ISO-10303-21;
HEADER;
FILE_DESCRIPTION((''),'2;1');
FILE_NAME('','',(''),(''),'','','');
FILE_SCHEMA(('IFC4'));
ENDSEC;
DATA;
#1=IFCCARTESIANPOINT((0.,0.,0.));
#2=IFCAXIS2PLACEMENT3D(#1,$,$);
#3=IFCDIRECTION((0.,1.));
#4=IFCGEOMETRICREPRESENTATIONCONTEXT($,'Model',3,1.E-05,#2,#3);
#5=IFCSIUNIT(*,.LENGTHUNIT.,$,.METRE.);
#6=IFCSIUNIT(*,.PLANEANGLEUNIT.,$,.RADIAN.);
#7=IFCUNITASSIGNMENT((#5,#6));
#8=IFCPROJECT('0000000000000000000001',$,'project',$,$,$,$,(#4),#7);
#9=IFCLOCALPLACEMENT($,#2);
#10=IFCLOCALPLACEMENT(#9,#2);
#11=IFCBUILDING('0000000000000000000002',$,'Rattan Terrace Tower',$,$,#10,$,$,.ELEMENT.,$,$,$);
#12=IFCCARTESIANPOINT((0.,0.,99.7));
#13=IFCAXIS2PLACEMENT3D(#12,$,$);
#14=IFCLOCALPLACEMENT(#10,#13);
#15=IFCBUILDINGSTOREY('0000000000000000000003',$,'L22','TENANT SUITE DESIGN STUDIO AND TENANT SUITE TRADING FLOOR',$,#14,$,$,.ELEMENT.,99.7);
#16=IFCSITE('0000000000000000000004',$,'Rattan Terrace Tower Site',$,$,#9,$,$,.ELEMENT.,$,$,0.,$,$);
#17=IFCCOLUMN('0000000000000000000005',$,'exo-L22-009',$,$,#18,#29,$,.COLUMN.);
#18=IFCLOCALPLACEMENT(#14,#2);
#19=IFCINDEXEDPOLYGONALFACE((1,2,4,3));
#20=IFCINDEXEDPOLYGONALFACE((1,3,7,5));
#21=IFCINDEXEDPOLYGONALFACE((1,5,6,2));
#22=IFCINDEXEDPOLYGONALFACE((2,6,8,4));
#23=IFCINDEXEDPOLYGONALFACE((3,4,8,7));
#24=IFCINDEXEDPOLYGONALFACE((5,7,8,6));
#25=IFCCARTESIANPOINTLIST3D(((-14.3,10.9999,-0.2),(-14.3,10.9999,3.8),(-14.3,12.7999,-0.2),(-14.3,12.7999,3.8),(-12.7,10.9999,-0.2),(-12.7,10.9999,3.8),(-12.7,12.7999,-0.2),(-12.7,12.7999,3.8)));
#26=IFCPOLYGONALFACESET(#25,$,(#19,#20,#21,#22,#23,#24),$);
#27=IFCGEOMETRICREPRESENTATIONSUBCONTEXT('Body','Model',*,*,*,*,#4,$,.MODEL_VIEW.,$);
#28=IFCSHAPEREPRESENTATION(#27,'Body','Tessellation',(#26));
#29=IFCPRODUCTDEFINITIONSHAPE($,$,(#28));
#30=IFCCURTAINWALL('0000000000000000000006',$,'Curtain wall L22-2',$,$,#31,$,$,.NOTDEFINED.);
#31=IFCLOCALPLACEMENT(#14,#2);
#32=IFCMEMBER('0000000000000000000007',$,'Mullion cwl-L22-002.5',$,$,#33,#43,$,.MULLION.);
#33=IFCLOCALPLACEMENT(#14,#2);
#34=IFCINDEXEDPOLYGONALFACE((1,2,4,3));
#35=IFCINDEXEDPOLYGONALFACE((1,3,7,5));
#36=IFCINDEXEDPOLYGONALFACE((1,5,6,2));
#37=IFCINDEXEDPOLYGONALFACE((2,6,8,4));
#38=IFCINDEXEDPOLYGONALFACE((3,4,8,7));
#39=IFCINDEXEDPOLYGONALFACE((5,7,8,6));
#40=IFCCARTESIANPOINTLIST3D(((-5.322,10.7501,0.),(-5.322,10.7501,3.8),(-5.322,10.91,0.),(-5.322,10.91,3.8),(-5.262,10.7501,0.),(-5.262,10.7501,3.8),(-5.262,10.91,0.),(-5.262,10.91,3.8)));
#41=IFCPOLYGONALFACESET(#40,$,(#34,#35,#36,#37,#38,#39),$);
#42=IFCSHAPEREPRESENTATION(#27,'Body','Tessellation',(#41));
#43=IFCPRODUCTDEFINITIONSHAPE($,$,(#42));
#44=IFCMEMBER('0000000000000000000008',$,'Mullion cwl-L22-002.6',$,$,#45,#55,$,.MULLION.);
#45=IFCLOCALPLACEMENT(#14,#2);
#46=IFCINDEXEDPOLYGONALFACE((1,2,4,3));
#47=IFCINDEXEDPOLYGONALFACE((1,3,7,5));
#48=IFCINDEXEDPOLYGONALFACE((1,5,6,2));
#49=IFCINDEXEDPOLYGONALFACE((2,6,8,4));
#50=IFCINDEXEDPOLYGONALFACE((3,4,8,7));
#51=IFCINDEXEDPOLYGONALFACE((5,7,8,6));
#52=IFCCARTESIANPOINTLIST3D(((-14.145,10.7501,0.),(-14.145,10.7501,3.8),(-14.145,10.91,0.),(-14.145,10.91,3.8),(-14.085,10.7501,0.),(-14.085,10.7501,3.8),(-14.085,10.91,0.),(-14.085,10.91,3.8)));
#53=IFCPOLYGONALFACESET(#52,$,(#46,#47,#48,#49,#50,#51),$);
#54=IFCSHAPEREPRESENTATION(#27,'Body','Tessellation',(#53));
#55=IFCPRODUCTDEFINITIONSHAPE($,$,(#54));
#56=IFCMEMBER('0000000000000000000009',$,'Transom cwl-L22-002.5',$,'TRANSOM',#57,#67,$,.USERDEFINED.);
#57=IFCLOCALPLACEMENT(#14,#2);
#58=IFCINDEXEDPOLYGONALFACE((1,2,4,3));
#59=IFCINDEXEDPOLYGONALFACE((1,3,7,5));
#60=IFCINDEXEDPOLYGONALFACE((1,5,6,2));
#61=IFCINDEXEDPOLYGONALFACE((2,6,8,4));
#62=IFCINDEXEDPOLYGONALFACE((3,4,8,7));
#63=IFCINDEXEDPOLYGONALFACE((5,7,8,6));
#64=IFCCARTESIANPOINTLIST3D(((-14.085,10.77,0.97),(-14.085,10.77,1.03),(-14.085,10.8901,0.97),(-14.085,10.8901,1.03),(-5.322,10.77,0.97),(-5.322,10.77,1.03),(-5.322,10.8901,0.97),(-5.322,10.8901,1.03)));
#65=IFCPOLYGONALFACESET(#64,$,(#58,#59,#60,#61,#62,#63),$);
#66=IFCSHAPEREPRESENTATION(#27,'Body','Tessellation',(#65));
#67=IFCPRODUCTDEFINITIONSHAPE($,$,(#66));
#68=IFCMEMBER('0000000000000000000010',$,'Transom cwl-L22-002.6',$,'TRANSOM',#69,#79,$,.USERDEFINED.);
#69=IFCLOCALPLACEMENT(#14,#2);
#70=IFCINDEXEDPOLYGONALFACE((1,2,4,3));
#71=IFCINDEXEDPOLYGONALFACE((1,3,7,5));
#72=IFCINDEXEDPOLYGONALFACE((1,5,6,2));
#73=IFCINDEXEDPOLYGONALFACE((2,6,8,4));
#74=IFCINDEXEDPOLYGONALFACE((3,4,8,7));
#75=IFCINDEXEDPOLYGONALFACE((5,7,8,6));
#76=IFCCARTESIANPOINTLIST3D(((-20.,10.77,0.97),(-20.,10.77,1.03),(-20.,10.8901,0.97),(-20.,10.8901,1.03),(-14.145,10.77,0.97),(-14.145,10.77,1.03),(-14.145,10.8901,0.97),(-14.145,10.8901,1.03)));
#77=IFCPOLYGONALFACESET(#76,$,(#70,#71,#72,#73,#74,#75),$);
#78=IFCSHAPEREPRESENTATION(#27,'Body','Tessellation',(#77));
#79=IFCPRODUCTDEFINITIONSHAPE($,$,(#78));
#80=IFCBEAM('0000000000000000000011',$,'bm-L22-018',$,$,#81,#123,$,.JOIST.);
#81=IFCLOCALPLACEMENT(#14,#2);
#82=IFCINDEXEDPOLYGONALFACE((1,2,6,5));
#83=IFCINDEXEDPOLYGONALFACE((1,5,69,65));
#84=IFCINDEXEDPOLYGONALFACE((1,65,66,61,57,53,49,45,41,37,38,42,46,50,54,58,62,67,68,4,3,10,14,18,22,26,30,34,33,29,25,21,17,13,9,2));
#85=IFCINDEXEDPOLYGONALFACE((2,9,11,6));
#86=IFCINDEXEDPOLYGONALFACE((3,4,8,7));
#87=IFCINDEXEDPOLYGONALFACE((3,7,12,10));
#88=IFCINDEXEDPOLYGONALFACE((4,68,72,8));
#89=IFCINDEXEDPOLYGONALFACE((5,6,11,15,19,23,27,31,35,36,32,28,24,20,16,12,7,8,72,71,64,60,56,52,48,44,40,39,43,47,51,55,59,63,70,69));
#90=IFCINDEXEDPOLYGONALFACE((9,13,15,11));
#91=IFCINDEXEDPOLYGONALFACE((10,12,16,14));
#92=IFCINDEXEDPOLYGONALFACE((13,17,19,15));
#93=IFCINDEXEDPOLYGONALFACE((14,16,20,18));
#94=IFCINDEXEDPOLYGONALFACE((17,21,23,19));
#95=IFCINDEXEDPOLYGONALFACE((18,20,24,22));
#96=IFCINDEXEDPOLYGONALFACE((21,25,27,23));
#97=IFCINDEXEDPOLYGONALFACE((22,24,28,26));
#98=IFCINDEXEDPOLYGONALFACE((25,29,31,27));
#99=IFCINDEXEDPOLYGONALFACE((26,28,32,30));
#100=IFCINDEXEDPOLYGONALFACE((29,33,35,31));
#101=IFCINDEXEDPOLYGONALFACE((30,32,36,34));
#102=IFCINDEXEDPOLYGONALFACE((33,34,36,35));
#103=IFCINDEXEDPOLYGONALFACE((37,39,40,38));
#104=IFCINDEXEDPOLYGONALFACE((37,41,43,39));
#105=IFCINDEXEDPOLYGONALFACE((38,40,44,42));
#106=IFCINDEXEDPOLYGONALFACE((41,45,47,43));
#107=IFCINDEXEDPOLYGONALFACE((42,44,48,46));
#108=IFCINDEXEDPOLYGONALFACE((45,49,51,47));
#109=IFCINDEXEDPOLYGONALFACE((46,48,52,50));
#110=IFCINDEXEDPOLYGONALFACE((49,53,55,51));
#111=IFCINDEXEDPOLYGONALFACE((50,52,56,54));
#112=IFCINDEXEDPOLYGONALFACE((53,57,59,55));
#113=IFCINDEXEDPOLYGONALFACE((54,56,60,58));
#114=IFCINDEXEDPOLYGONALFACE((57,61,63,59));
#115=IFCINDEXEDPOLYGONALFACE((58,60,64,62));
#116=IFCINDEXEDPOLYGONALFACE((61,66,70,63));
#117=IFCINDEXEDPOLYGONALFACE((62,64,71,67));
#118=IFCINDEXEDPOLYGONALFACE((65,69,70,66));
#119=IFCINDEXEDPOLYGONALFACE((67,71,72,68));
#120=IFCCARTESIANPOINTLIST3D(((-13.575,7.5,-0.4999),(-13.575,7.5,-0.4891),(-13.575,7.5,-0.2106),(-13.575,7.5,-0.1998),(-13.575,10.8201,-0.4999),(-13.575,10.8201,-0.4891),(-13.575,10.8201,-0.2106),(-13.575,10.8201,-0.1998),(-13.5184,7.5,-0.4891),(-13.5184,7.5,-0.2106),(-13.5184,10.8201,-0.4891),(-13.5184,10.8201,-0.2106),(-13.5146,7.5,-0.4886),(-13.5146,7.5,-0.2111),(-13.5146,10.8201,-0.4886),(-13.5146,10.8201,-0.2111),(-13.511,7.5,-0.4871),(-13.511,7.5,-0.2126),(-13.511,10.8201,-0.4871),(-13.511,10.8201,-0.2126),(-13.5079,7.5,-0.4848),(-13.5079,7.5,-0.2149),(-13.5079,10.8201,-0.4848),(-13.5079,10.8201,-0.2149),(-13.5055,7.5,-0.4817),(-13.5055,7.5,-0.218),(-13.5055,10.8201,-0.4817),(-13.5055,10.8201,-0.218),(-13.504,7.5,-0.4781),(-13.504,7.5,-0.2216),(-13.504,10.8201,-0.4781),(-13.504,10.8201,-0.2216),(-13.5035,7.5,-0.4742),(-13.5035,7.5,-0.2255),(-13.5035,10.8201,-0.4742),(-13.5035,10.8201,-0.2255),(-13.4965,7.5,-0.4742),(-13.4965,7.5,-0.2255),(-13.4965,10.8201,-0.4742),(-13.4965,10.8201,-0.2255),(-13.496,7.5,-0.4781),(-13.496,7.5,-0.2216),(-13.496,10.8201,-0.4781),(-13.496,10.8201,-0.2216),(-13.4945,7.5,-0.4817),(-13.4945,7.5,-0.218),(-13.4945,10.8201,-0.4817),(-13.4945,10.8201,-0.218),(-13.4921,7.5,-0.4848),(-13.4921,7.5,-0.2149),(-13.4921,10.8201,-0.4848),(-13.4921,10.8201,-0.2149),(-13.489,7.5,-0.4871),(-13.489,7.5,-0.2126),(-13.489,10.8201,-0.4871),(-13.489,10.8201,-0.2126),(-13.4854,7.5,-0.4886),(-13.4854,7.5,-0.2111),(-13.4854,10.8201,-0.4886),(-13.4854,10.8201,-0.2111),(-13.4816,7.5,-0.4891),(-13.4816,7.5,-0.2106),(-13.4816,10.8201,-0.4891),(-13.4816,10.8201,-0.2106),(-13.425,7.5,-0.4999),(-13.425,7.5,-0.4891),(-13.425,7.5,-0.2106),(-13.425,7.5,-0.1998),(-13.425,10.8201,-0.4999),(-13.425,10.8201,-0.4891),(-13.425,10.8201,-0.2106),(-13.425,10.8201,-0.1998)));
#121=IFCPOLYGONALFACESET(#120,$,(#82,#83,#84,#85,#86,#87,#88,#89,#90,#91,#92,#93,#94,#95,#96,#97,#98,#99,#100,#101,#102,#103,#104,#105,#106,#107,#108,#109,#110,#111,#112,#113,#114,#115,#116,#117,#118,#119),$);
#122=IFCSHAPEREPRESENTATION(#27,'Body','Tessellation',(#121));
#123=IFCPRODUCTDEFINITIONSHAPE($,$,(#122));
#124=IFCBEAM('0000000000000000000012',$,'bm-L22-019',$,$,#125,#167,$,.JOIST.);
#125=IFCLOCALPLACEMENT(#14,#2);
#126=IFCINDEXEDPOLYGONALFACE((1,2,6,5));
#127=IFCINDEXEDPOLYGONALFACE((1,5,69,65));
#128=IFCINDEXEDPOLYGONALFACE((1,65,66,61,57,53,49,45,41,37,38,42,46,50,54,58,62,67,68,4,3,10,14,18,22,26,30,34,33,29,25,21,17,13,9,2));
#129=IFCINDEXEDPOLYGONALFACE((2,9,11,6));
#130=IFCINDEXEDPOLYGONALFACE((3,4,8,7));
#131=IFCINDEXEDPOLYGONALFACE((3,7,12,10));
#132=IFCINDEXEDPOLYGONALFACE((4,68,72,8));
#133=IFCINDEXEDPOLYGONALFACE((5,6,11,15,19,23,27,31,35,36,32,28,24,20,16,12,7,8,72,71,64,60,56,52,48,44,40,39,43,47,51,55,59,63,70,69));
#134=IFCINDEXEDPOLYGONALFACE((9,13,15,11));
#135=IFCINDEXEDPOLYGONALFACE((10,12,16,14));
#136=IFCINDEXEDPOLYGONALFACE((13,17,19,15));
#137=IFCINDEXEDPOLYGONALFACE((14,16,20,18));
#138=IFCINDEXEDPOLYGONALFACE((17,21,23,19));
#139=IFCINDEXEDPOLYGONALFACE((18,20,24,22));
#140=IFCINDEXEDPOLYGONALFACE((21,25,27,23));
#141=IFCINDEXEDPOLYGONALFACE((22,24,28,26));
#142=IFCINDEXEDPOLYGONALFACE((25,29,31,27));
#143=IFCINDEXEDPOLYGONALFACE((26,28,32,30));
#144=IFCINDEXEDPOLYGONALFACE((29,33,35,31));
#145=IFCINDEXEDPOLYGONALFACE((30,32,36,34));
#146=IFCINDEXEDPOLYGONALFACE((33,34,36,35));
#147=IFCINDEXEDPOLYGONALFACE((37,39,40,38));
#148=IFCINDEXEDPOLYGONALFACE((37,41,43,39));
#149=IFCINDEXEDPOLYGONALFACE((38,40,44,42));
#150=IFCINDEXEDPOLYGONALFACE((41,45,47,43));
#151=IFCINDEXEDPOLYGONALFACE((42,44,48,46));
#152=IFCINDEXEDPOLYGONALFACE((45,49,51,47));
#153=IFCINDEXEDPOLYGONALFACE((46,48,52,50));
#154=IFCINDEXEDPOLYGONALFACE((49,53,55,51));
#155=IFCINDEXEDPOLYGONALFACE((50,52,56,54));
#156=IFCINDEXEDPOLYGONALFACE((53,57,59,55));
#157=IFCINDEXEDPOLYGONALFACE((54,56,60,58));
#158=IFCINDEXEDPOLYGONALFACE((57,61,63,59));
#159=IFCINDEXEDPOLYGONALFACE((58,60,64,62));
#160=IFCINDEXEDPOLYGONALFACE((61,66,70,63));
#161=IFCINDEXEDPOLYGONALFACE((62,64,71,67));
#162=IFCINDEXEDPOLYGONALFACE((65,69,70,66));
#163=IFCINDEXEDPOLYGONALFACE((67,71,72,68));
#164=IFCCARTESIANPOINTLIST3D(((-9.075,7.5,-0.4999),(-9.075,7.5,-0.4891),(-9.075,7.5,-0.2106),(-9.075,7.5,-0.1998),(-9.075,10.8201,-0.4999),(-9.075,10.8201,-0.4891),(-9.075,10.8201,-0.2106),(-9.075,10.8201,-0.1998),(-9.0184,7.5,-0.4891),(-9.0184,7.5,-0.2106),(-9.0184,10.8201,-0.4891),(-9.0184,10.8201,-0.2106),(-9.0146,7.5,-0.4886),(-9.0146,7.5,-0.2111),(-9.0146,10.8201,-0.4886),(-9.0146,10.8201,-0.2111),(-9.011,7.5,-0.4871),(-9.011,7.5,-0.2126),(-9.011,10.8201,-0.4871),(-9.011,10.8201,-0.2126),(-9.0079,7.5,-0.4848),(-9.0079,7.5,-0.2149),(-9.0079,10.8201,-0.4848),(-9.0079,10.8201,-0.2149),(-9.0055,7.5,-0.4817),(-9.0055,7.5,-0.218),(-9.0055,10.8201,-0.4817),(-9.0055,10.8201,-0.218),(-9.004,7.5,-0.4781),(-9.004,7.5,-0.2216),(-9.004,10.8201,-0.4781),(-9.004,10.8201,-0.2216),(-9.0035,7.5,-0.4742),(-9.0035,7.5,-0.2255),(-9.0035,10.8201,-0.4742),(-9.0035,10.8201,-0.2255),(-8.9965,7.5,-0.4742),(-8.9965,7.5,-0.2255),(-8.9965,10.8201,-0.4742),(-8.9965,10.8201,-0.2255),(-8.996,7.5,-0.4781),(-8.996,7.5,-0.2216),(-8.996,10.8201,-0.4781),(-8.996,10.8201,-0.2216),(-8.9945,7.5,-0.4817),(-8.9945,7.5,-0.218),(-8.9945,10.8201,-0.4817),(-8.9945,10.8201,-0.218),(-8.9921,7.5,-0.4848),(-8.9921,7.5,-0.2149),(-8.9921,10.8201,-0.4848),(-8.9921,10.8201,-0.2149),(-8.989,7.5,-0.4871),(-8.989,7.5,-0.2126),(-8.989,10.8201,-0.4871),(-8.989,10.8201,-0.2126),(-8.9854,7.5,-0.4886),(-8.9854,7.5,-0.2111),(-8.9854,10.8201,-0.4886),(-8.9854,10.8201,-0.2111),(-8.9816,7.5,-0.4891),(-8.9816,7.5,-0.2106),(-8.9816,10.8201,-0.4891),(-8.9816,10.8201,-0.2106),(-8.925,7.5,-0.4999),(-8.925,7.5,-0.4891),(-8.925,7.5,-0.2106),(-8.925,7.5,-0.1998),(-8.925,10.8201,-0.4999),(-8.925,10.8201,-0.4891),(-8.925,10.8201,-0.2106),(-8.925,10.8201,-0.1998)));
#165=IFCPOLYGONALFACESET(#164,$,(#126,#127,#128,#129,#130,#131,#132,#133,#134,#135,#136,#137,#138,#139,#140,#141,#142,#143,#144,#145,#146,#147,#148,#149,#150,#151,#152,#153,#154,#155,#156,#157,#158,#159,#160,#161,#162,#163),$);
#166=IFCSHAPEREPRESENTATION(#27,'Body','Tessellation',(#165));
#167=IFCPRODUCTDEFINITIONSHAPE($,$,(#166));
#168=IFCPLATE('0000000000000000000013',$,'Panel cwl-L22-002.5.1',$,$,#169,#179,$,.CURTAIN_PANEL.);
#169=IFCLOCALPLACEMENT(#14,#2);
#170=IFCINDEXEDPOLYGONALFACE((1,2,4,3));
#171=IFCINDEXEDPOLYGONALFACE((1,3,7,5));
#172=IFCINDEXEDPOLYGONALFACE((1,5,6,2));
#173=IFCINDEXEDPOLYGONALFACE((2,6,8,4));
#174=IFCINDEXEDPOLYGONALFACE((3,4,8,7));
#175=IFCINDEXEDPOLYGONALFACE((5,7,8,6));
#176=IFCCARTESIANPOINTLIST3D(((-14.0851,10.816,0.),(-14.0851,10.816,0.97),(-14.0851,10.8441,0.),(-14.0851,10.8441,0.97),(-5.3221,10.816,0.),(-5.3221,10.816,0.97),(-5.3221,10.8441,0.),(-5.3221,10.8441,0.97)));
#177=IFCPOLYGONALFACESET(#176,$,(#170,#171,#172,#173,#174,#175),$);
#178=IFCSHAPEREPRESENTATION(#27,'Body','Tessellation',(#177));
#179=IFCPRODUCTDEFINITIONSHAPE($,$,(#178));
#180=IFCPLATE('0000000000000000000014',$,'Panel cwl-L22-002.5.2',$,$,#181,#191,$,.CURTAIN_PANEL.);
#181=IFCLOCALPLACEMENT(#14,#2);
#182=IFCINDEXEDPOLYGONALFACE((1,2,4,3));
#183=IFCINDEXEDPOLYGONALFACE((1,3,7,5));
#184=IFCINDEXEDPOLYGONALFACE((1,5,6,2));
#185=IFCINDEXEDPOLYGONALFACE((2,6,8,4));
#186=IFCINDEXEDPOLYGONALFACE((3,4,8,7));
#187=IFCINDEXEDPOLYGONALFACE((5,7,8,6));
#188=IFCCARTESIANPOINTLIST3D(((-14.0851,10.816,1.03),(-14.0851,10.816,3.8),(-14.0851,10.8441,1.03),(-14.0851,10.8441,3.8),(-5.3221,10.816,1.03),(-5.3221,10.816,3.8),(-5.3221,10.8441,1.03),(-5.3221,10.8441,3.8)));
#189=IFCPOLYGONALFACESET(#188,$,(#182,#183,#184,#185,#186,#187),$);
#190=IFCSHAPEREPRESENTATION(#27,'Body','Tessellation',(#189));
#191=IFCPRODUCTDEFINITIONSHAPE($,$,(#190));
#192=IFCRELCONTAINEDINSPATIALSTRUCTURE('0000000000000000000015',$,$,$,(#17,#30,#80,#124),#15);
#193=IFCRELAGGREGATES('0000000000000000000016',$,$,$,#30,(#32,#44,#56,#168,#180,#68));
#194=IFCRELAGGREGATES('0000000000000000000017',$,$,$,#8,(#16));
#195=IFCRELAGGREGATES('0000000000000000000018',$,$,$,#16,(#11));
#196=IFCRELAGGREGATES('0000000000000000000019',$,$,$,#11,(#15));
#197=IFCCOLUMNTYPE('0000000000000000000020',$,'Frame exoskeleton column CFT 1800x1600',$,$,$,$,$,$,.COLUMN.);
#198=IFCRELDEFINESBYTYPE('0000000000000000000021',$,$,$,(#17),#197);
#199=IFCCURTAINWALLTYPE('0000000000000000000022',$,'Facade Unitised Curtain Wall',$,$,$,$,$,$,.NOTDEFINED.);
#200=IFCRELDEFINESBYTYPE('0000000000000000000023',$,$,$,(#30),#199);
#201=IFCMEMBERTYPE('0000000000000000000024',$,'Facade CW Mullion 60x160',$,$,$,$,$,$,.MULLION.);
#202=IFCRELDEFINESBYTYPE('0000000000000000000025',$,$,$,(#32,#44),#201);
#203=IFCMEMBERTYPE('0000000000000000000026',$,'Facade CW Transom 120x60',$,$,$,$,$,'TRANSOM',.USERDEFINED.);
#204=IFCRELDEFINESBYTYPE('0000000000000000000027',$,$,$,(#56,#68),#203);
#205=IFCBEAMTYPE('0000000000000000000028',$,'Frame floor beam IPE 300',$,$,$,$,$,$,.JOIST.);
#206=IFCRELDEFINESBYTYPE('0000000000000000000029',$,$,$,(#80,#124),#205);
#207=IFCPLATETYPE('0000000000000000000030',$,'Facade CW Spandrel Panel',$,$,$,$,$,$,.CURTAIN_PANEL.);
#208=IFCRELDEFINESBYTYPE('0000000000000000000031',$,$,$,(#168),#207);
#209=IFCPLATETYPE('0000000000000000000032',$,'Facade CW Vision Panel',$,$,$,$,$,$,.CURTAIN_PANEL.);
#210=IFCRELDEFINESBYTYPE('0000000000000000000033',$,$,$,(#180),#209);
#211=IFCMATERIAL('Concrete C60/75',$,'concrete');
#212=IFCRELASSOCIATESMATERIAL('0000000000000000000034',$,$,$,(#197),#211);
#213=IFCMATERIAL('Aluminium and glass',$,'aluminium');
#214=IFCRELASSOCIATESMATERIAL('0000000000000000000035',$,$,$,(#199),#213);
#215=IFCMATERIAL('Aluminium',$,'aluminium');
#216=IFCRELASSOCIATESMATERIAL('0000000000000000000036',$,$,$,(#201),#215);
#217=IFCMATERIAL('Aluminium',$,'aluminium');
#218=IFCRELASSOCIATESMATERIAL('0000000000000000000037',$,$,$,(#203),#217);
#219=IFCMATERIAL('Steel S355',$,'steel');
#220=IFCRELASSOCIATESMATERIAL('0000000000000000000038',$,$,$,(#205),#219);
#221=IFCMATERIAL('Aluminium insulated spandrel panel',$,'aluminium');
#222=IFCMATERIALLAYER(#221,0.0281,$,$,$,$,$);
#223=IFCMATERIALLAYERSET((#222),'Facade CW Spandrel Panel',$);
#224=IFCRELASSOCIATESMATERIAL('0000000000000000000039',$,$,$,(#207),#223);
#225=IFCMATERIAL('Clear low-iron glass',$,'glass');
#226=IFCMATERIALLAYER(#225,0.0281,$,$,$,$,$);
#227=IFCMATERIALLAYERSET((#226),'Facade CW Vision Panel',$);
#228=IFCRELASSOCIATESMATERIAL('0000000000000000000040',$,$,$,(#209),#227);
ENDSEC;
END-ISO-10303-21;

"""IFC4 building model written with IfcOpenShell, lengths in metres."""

from ifc_helpers import new_model, si_unit, direction, frame, origin, origin_2d, place, context, subcontext, project, spatial, rectangle, i_section, extrude, material, layer, layer_set, material_profile, profile_set, type_object, element, aggregate, save


model = new_model("IFC4")

# Units and contexts
model_context = context("Model", 3, precision=1e-05, world=origin(), true_north=direction((0.0, 1.0)))
body_context = subcontext(model_context, "Body", "Model", "MODEL_VIEW")
ifc_project = project(units=[si_unit("LENGTHUNIT", "METRE"), si_unit("PLANEANGLEUNIT", "RADIAN")], contexts=[model_context])

# Site, building, storey
site_placement = place(None, origin())
site = spatial("IfcSite", under=ifc_project, at=site_placement, Name="Rattan Terrace Tower Site", CompositionType="ELEMENT", RefElevation=0.0)
building_placement = place(site_placement, origin())
building = spatial("IfcBuilding", under=site, at=building_placement, Name="Rattan Terrace Tower", CompositionType="ELEMENT")
storey_placement = place(building_placement, frame((0.0, 0.0, 99.7)))
storey = spatial("IfcBuildingStorey", under=building, at=storey_placement, Name="L22", Description="TENANT SUITE DESIGN STUDIO AND TENANT SUITE TRADING FLOOR", CompositionType="ELEMENT", Elevation=99.7)

# Column
ifc_material_1 = material(Name="Concrete C60/75", Category="concrete")
ifc_material_profile_1 = material_profile(ifc_material_1, rectangle(XDim=1.6001, YDim=1.8, at=origin_2d()), Name="CFT 1800x1600")
ifc_profile_set_1 = profile_set([ifc_material_profile_1], Name="Concrete C60/75")
column_type = type_object("IfcColumnType", Name="Frame exoskeleton column CFT 1800x1600", PredefinedType="COLUMN", material=ifc_profile_set_1)
column_placement = place(storey_placement, frame((-13.5, 11.8999, -0.2), z_axis=(0.0, 0.0, 1.0), x_axis=(1.0, 0.0, 0.0)))
element("IfcColumn", 1, at=column_placement, inside=storey, type_object=column_type, Name="exo-L22-009", PredefinedType="COLUMN", context=body_context, shape_type="SweptSolid", body=[
    extrude(rectangle(XDim=1.6001, YDim=1.8, at=origin_2d()), origin(), (0.0, 0.0, 1.0), 4.0),
])

# Curtain wall, members
ifc_material_2 = material(Name="Aluminium and glass", Category="aluminium")
curtain_wall_type = type_object("IfcCurtainWallType", Name="Facade Unitised Curtain Wall", PredefinedType="NOTDEFINED", material=ifc_material_2)
curtain_wall_placement = place(storey_placement, origin())
curtain_wall = element("IfcCurtainWall", 2, at=curtain_wall_placement, inside=storey, type_object=curtain_wall_type, Name="Curtain wall L22-2", PredefinedType="NOTDEFINED")
ifc_material_3 = material(Name="Aluminium", Category="aluminium")
ifc_material_profile_2 = material_profile(ifc_material_3, rectangle(XDim=0.0601, YDim=0.1599, at=origin_2d()), Name="Aluminium 60x160")
ifc_profile_set_2 = profile_set([ifc_material_profile_2], Name="Aluminium")
member_type_1 = type_object("IfcMemberType", Name="Facade CW Mullion 60x160", PredefinedType="MULLION", material=ifc_profile_set_2)
member_1_placement = place(storey_placement, frame((-5.292, 10.8301, 0.0), z_axis=(0.0, 0.0, 1.0), x_axis=(-1.0, 0.0, 0.0)))
member_1 = element("IfcMember", 3, at=member_1_placement, type_object=member_type_1, Name="Mullion cwl-L22-002.5", PredefinedType="MULLION", context=body_context, shape_type="SweptSolid", body=[
    extrude(rectangle(XDim=0.0601, YDim=0.1599, at=origin_2d()), origin(), (0.0, 0.0, 1.0), 3.8),
])
member_2_placement = place(storey_placement, frame((-14.115, 10.8301, 0.0), z_axis=(0.0, 0.0, 1.0), x_axis=(-1.0, 0.0, 0.0)))
member_2 = element("IfcMember", 4, at=member_2_placement, type_object=member_type_1, Name="Mullion cwl-L22-002.6", PredefinedType="MULLION", context=body_context, shape_type="SweptSolid", body=[
    extrude(rectangle(XDim=0.0601, YDim=0.1599, at=origin_2d()), origin(), (0.0, 0.0, 1.0), 3.8),
])
ifc_material_4 = material(Name="Aluminium", Category="aluminium")
ifc_material_profile_3 = material_profile(ifc_material_4, rectangle(XDim=0.1201, YDim=0.0601, at=origin_2d()), Name="Aluminium 120x60")
ifc_profile_set_3 = profile_set([ifc_material_profile_3], Name="Aluminium")
member_type_2 = type_object("IfcMemberType", Name="Facade CW Transom 120x60", ElementType="TRANSOM", PredefinedType="USERDEFINED", material=ifc_profile_set_3)
member_3_placement = place(storey_placement, frame((-5.322, 10.8301, 1.0), z_axis=(-1.0, 0.0, 0.0), x_axis=(0.0, -1.0, 0.0)))
member_3 = element("IfcMember", 5, at=member_3_placement, type_object=member_type_2, Name="Transom cwl-L22-002.5", ObjectType="TRANSOM", PredefinedType="USERDEFINED", context=body_context, shape_type="SweptSolid", body=[
    extrude(rectangle(XDim=0.1201, YDim=0.0601, at=origin_2d()), origin(), (0.0, 0.0, 1.0), 8.7629),
])
member_4_placement = place(storey_placement, frame((-14.145, 10.8301, 1.0), z_axis=(-1.0, 0.0, 0.0), x_axis=(0.0, -1.0, 0.0)))
member_4 = element("IfcMember", 6, at=member_4_placement, type_object=member_type_2, Name="Transom cwl-L22-002.6", ObjectType="TRANSOM", PredefinedType="USERDEFINED", context=body_context, shape_type="SweptSolid", body=[
    extrude(rectangle(XDim=0.1201, YDim=0.0601, at=origin_2d()), origin(), (0.0, 0.0, 1.0), 5.855),
])

# Beams
ifc_material_5 = material(Name="Steel S355", Category="steel")
ifc_material_profile_4 = material_profile(ifc_material_5, i_section(OverallWidth=0.1499, OverallDepth=0.3, WebThickness=0.0071, FlangeThickness=0.0107, FilletRadius=0.0149, at=origin_2d()), Name="IPE 300")
ifc_profile_set_4 = profile_set([ifc_material_profile_4], Name="Steel S355")
beam_type = type_object("IfcBeamType", Name="Frame floor beam IPE 300", PredefinedType="JOIST", material=ifc_profile_set_4)
for number, where, z_axis, x_axis, name in (
    (7, (-13.5, 7.5, -0.3499), (0.0, 1.0, 0.0), (-1.0, 0.0, 0.0), "bm-L22-018"),
    (8, (-9.0, 7.5, -0.3499), (0.0, 1.0, 0.0), (-1.0, 0.0, 0.0), "bm-L22-019"),
):
    element("IfcBeam", number, at=place(storey_placement, frame(where, z_axis=z_axis, x_axis=x_axis)), inside=storey, type_object=beam_type, Name=name, PredefinedType="JOIST", context=body_context, shape_type="SweptSolid", body=[
        extrude(i_section(OverallWidth=0.1499, OverallDepth=0.3, WebThickness=0.0071, FlangeThickness=0.0107, FilletRadius=0.0149, at=origin_2d()), origin(), (0.0, 0.0, 1.0), 3.3201),
    ])

# Plates
ifc_material_6 = material(Name="Aluminium insulated spandrel panel", Category="aluminium")
ifc_layer_1 = layer(ifc_material_6, 0.0281)
ifc_layer_set_1 = layer_set([ifc_layer_1], Name="Facade CW Spandrel Panel")
plate_type_1 = type_object("IfcPlateType", Name="Facade CW Spandrel Panel", PredefinedType="CURTAIN_PANEL", material=ifc_layer_set_1)
plate_1_placement = place(storey_placement, frame((-9.7036, 10.8301, 0.0), z_axis=(0.0, 0.0, 1.0), x_axis=(-1.0, 0.0, 0.0)))
plate_1 = element("IfcPlate", 9, at=plate_1_placement, type_object=plate_type_1, Name="Panel cwl-L22-002.5.1", PredefinedType="CURTAIN_PANEL", context=body_context, shape_type="SweptSolid", body=[
    extrude(rectangle(XDim=8.7629, YDim=0.0281, at=origin_2d()), origin(), (0.0, 0.0, 1.0), 0.97),
])
ifc_material_7 = material(Name="Clear low-iron glass", Category="glass")
ifc_layer_2 = layer(ifc_material_7, 0.0281)
ifc_layer_set_2 = layer_set([ifc_layer_2], Name="Facade CW Vision Panel")
plate_type_2 = type_object("IfcPlateType", Name="Facade CW Vision Panel", PredefinedType="CURTAIN_PANEL", material=ifc_layer_set_2)
plate_2_placement = place(storey_placement, frame((-9.7036, 10.8301, 1.03), z_axis=(0.0, 0.0, 1.0), x_axis=(-1.0, 0.0, 0.0)))
plate_2 = element("IfcPlate", 10, at=plate_2_placement, type_object=plate_type_2, Name="Panel cwl-L22-002.5.2", PredefinedType="CURTAIN_PANEL", context=body_context, shape_type="SweptSolid", body=[
    extrude(rectangle(XDim=8.7629, YDim=0.0281, at=origin_2d()), origin(), (0.0, 0.0, 1.0), 2.77),
])
aggregate(curtain_wall, [member_1, member_2, member_3, plate_1, plate_2, member_4])

save(model, "model.ifc")
